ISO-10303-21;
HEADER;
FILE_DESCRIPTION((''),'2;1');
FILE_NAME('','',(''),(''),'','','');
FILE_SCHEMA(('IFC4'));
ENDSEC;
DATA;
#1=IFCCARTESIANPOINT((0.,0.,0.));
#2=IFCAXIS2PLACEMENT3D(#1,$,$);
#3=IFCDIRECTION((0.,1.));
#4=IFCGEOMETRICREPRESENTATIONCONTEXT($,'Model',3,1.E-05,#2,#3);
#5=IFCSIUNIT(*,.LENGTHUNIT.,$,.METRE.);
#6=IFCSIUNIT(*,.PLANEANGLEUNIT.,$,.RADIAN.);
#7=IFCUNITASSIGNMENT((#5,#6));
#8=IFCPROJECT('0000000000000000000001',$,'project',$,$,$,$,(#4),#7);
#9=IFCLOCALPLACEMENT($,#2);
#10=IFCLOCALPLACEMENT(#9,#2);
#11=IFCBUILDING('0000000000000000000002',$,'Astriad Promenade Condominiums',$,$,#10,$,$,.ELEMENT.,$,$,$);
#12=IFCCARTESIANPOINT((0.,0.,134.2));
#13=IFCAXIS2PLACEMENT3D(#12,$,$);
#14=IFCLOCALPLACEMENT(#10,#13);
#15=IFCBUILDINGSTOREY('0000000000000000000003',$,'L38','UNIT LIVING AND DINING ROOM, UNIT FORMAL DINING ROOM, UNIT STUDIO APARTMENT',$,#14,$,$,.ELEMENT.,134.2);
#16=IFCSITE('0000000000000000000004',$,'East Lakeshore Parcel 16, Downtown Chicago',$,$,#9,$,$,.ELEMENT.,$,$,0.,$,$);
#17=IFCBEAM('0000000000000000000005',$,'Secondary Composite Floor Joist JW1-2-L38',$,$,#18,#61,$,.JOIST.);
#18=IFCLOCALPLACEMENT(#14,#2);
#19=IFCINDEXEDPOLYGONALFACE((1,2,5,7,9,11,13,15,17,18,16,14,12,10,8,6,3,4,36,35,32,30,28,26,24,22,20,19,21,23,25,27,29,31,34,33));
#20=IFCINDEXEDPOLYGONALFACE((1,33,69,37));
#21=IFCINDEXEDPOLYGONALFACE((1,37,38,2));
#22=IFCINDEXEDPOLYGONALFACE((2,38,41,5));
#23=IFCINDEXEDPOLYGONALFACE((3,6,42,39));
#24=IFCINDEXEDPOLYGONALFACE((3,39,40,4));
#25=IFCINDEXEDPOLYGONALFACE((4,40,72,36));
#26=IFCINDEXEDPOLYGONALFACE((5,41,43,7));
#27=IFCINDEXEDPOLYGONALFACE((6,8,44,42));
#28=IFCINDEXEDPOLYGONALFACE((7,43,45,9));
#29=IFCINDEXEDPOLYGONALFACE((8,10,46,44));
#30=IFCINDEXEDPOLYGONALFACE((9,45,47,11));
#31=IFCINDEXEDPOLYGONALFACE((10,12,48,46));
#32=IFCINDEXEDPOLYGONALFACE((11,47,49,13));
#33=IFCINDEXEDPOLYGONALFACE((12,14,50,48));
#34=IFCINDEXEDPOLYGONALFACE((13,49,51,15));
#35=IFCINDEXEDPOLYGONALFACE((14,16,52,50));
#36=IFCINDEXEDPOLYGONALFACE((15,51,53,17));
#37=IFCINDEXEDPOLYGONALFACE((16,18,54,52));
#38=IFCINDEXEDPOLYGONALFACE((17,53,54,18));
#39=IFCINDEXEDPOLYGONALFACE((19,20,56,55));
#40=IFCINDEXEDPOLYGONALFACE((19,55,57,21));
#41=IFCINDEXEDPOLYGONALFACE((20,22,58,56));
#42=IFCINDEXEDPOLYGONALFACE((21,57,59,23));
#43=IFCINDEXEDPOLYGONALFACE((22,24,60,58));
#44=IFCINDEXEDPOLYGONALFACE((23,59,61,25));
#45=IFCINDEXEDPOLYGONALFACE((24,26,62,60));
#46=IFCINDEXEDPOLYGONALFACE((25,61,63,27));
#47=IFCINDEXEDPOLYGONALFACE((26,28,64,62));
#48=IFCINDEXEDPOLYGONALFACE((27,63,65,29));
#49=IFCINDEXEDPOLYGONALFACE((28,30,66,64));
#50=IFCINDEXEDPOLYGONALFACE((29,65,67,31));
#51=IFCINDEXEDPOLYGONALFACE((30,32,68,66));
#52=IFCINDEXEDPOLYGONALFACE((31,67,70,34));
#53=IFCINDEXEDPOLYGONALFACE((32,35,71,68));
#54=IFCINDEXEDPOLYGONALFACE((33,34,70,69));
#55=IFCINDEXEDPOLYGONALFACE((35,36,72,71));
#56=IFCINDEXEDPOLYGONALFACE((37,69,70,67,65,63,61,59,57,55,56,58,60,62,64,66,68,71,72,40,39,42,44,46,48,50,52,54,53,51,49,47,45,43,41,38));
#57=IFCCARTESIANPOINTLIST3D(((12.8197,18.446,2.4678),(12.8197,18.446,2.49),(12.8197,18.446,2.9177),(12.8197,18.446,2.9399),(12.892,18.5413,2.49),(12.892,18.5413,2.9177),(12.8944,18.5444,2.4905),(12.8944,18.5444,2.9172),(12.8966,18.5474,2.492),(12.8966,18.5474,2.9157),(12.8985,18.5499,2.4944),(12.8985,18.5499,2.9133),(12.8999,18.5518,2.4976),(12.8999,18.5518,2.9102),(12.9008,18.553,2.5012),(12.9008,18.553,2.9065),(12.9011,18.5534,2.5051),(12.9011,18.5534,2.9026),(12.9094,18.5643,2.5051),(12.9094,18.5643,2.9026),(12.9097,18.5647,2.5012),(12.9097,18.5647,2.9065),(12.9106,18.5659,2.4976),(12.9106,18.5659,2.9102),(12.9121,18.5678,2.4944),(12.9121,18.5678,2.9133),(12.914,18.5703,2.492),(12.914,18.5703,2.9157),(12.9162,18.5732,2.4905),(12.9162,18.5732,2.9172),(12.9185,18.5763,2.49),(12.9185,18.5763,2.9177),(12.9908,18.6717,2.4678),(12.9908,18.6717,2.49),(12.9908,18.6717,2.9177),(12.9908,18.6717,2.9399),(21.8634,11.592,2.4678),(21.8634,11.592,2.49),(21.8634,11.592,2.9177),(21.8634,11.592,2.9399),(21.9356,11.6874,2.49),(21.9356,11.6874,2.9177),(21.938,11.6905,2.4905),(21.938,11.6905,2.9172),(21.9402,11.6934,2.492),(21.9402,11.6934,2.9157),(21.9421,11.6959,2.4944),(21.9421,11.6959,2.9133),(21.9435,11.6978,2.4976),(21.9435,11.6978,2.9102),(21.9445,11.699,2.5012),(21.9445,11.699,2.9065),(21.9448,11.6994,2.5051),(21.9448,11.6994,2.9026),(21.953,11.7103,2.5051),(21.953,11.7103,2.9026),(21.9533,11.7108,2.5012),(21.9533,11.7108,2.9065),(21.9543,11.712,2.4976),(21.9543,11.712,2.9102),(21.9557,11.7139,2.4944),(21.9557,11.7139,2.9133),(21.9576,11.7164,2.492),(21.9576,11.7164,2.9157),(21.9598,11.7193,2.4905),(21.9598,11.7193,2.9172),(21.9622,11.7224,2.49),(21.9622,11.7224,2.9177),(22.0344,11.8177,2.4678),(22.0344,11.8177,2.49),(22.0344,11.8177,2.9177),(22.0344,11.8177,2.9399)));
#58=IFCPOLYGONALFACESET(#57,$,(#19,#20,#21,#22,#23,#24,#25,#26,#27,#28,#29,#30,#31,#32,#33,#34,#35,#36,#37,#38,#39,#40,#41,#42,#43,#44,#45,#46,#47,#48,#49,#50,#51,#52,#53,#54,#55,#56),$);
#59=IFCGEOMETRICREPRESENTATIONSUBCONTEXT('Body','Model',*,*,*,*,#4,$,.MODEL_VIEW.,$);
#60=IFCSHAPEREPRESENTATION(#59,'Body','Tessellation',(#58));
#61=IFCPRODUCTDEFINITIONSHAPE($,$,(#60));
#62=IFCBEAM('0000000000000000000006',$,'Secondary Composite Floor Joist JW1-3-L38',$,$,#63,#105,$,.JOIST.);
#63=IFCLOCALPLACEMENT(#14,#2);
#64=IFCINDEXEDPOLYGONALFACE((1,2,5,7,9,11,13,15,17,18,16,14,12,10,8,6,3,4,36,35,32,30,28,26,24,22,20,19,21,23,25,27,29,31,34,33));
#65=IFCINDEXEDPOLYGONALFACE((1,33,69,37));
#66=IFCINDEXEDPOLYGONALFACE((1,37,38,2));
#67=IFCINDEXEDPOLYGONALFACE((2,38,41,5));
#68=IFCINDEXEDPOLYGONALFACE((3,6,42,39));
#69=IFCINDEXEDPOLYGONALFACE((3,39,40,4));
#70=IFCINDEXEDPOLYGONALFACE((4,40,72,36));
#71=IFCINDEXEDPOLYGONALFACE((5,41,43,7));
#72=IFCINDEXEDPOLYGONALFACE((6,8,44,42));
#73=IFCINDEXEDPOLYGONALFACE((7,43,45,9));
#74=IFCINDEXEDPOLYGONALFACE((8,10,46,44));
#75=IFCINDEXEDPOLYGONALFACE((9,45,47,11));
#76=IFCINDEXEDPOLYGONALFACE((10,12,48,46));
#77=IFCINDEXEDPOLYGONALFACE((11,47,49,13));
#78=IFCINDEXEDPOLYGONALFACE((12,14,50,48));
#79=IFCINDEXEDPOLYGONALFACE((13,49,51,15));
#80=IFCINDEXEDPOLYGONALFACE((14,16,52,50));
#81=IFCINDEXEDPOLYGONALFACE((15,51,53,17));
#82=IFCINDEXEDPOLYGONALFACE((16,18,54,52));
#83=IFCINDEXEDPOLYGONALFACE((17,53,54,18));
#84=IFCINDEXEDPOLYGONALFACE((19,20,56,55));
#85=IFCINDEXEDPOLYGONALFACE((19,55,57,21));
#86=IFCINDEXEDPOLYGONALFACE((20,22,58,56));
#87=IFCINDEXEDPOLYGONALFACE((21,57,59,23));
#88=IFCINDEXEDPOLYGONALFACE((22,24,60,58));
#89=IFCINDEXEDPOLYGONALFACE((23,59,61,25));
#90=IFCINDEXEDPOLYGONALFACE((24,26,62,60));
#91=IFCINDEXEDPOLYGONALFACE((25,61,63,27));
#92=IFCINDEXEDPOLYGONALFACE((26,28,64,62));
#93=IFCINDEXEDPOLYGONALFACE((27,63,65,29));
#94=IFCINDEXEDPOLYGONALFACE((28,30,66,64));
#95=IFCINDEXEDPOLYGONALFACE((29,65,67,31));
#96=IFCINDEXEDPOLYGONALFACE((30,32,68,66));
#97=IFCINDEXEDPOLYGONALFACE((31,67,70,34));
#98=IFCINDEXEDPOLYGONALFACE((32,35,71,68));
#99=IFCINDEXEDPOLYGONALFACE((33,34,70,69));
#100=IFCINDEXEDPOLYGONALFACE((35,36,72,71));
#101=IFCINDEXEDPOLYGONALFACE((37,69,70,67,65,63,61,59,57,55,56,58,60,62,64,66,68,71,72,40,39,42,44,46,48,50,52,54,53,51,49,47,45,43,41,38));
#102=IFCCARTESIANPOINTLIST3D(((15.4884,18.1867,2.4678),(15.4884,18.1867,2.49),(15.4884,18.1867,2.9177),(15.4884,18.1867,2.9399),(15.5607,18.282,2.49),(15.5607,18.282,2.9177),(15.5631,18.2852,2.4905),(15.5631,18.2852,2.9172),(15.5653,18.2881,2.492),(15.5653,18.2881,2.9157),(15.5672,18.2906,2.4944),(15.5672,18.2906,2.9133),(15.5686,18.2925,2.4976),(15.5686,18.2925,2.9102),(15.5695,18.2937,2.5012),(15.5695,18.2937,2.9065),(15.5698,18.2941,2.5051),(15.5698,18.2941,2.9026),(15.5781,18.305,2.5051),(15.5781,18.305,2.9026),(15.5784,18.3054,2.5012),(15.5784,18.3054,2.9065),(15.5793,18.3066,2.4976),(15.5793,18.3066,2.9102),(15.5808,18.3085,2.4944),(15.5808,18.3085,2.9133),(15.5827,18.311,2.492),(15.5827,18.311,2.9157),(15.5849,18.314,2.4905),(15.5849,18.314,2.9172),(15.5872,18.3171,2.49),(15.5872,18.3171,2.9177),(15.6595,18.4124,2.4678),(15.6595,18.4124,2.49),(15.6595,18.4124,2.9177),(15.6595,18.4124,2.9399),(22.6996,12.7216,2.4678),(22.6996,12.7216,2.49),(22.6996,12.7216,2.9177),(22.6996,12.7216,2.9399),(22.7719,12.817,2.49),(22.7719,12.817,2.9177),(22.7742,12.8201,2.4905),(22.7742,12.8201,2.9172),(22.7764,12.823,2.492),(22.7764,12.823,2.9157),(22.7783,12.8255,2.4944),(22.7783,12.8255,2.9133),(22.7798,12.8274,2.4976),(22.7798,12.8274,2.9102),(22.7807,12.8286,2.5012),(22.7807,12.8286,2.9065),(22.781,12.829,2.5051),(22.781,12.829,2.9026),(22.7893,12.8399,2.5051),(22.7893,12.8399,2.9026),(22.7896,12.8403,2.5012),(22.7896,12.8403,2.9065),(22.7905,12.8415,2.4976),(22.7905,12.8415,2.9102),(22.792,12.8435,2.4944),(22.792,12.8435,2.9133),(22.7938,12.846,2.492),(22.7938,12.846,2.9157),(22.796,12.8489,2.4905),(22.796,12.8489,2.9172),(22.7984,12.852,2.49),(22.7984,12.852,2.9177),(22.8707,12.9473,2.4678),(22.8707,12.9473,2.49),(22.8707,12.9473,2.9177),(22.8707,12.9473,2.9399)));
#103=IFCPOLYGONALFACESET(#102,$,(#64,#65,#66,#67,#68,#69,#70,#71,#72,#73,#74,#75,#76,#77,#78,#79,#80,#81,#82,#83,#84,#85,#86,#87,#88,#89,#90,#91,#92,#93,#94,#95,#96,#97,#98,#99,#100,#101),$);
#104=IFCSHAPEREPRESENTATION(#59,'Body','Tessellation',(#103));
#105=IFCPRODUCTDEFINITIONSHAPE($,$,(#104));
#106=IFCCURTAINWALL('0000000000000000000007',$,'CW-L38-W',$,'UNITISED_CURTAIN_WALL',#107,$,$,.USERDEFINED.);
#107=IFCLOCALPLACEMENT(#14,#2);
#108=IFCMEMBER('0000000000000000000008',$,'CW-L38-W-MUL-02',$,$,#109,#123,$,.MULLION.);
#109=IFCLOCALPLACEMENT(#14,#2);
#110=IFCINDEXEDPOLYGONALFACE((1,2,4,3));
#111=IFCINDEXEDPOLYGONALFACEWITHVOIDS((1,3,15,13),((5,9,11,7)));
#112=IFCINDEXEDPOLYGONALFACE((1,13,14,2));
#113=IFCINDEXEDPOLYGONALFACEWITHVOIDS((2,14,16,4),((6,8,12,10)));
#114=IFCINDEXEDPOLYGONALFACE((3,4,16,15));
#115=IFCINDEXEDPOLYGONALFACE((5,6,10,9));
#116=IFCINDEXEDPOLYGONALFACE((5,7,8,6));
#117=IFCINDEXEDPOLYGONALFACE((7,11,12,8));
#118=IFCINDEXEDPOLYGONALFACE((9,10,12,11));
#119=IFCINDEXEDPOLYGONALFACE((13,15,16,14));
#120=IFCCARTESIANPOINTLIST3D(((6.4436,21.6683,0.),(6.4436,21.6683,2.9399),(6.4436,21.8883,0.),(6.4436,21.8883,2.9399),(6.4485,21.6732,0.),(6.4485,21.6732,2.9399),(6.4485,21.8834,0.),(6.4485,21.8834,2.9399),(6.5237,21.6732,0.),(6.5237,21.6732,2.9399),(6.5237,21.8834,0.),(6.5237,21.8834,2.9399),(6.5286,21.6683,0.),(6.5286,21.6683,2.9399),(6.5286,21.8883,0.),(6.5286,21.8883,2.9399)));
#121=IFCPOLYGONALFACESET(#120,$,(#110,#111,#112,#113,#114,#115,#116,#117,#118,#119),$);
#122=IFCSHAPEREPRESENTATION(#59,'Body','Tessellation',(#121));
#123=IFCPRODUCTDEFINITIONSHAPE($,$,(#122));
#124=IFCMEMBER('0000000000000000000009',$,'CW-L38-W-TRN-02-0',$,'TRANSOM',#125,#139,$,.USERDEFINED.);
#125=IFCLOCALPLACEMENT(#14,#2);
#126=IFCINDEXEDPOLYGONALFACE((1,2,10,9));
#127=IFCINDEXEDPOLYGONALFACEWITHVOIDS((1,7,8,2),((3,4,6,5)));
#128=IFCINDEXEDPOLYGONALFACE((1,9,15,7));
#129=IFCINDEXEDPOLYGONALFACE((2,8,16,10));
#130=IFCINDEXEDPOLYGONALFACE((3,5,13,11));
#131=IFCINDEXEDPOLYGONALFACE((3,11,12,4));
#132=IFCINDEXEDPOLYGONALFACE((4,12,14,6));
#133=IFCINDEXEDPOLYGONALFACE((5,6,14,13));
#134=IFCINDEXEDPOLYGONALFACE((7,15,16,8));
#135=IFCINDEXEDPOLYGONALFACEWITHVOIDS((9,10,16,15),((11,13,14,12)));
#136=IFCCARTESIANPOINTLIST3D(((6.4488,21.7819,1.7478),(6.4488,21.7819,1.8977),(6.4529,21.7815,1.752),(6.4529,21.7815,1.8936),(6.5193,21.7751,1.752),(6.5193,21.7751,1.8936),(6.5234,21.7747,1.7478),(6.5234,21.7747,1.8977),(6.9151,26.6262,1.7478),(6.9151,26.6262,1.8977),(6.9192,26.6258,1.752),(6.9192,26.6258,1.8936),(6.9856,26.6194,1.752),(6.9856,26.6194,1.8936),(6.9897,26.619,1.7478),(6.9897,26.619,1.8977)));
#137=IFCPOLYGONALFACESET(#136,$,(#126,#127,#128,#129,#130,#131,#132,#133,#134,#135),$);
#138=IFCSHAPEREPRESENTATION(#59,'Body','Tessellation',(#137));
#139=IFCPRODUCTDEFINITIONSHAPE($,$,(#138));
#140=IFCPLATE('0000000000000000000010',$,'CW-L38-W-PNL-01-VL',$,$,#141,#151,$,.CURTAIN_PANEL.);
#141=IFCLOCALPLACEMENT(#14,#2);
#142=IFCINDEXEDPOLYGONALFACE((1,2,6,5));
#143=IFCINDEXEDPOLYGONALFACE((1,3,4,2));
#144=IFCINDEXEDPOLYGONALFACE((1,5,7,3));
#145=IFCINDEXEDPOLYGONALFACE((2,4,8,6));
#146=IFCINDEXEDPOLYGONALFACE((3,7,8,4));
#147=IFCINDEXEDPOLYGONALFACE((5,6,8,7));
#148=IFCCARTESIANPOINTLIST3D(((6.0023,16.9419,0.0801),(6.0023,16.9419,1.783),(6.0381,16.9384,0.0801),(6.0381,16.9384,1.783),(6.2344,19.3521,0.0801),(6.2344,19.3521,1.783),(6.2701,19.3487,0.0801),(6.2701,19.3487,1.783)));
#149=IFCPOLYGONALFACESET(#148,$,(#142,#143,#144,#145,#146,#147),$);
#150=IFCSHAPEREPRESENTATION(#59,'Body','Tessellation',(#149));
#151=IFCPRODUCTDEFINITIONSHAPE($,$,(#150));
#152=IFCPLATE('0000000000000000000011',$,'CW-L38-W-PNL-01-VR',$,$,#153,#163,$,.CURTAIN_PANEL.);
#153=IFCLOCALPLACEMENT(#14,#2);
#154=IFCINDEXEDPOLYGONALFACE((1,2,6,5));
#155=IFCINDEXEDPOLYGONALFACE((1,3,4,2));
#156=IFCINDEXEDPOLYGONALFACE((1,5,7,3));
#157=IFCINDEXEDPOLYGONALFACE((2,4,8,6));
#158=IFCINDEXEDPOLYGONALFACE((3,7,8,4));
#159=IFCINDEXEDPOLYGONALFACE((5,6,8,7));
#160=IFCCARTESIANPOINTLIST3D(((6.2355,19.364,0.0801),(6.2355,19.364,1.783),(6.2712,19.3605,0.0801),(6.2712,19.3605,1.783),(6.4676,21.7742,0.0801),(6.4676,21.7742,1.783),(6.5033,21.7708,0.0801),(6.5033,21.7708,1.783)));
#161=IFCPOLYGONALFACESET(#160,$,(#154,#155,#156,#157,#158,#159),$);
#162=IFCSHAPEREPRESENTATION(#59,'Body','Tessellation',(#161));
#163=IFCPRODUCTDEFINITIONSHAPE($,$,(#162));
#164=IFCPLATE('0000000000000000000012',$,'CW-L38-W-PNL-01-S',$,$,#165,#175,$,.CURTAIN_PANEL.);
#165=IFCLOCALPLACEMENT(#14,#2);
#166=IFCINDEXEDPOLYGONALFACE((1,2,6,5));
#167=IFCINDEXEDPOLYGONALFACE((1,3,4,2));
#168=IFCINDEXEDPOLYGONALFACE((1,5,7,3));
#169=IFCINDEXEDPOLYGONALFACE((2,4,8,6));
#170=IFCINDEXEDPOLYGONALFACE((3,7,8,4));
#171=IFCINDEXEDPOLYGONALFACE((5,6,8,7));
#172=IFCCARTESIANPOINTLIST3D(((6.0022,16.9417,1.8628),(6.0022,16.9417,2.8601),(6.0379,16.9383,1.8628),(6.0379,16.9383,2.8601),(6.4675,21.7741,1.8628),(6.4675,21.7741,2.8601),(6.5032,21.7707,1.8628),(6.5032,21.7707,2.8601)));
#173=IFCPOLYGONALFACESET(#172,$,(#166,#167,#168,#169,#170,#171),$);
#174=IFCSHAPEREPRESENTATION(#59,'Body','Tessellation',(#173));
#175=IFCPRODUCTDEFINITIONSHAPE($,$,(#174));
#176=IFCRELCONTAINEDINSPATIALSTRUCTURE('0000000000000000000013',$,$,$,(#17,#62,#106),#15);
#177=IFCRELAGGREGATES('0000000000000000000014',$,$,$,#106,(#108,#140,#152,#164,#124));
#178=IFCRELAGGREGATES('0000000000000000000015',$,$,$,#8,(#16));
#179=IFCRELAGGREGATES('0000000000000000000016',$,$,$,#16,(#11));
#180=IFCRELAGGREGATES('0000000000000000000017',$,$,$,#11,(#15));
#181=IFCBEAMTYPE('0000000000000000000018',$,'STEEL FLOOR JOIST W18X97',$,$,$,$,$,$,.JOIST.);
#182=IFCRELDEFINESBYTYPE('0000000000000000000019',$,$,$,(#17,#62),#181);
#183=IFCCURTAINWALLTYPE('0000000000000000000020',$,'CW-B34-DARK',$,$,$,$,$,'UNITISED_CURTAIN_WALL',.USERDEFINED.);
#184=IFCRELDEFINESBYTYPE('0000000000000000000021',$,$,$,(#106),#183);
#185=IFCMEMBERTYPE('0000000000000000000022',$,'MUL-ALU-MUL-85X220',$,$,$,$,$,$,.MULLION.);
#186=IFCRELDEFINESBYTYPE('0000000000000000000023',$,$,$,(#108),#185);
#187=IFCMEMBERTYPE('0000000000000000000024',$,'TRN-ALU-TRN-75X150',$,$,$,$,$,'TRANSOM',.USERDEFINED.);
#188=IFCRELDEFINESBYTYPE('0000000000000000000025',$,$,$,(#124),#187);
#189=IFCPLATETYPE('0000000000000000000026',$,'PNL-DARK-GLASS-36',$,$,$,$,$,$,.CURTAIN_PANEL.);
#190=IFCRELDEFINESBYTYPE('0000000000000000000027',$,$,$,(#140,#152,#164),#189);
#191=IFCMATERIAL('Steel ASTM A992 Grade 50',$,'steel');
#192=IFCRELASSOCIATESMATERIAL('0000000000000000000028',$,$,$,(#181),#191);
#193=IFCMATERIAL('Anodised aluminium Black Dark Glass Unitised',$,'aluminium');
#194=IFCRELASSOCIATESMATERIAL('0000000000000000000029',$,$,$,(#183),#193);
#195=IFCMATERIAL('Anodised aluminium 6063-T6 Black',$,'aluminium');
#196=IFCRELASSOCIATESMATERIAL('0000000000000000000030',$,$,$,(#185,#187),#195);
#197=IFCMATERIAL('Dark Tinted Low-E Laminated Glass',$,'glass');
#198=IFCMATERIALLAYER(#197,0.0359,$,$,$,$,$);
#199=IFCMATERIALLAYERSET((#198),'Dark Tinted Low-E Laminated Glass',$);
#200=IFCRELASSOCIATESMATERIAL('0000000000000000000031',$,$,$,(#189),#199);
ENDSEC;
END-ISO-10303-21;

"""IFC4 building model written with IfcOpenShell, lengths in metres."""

from ifc_helpers import new_model, si_unit, direction, frame, origin, origin_2d, place, context, subcontext, project, spatial, rectangle, hollow_rectangle, i_section, extrude, source, transform, mapped, material, layer, layer_set, material_profile, profile_set, type_object, type_shapes, element, aggregate, save


model = new_model("IFC4")

# Units and contexts
model_context = context("Model", 3, precision=1e-05, world=origin(), true_north=direction((0.0, 1.0)))
body_context = subcontext(model_context, "Body", "Model", "MODEL_VIEW")
ifc_project = project(units=[si_unit("LENGTHUNIT", "METRE"), si_unit("PLANEANGLEUNIT", "RADIAN")], contexts=[model_context])

# Site, building, storey
site_placement = place(None, origin())
site = spatial("IfcSite", under=ifc_project, at=site_placement, Name="East Lakeshore Parcel 16, Downtown Chicago", CompositionType="ELEMENT", RefElevation=0.0)
building_placement = place(site_placement, origin())
building = spatial("IfcBuilding", under=site, at=building_placement, Name="Astriad Promenade Condominiums", CompositionType="ELEMENT")
storey_placement = place(building_placement, frame((0.0, 0.0, 134.2)))
storey = spatial("IfcBuildingStorey", under=building, at=storey_placement, Name="L38", Description="UNIT LIVING AND DINING ROOM, UNIT FORMAL DINING ROOM, UNIT STUDIO APARTMENT", CompositionType="ELEMENT", Elevation=134.2)

# Beams
ifc_material_1 = material(Name="Steel ASTM A992 Grade 50", Category="steel")
ifc_material_profile_1 = material_profile(ifc_material_1, i_section(OverallWidth=0.2832, OverallDepth=0.4722, WebThickness=0.0137, FlangeThickness=0.0222, FilletRadius=0.0151, at=origin_2d()), Name="W18X97")
ifc_profile_set_1 = profile_set([ifc_material_profile_1], Name="Steel ASTM A992 Grade 50")
beam_type_1 = type_object("IfcBeamType", Name="STEEL FLOOR JOIST W18X97", PredefinedType="JOIST", material=ifc_profile_set_1)
shared_shape_1 = source(origin(), body_context, "Body", "SweptSolid", [
    extrude(i_section(OverallWidth=0.2832, OverallDepth=0.4722, WebThickness=0.0137, FlangeThickness=0.0222, FilletRadius=0.0151, at=origin_2d()), origin(), (0.0, 0.0, 1.0), 11.3474),
])
beam_1_placement = place(storey_placement, frame((12.9053, 18.5588, 2.7039), z_axis=(0.796977, -0.60401, 0.0), x_axis=(0.60401, 0.796977, 0.0)))
element("IfcBeam", 1, at=beam_1_placement, inside=storey, type_object=beam_type_1, Name="Secondary Composite Floor Joist JW1-2-L38", PredefinedType="JOIST", context=body_context, shape_type="MappedRepresentation", body=[
    mapped(shared_shape_1, transform((0.0, 0.0, 0.0), scale=1.0)),
])
shared_shape_2 = source(origin(), body_context, "Body", "SweptSolid", [
    extrude(i_section(OverallWidth=0.2832, OverallDepth=0.4722, WebThickness=0.0137, FlangeThickness=0.0222, FilletRadius=0.0151, at=origin_2d()), origin(), (0.0, 0.0, 1.0), 9.0481),
])
beam_2_placement = place(storey_placement, frame((15.574, 18.2996, 2.7039), z_axis=(0.796982, -0.604003, 0.0), x_axis=(0.604003, 0.796982, 0.0)))
element("IfcBeam", 2, at=beam_2_placement, inside=storey, type_object=beam_type_1, Name="Secondary Composite Floor Joist JW1-3-L38", PredefinedType="JOIST", context=body_context, shape_type="MappedRepresentation", body=[
    mapped(shared_shape_2, transform((0.0, 0.0, 0.0), scale=1.0)),
])

# Curtain wall, members, plates
ifc_material_2 = material(Name="Anodised aluminium Black Dark Glass Unitised", Category="aluminium")
curtain_wall_type = type_object("IfcCurtainWallType", Name="CW-B34-DARK", ElementType="UNITISED_CURTAIN_WALL", PredefinedType="USERDEFINED", material=ifc_material_2)
curtain_wall_placement = place(storey_placement, origin())
curtain_wall = element("IfcCurtainWall", 3, at=curtain_wall_placement, inside=storey, type_object=curtain_wall_type, Name="CW-L38-W", ObjectType="UNITISED_CURTAIN_WALL", PredefinedType="USERDEFINED")
ifc_material_3 = material(Name="Anodised aluminium 6063-T6 Black", Category="aluminium")
ifc_material_profile_2 = material_profile(ifc_material_3, hollow_rectangle(XDim=0.085, YDim=0.22, WallThickness=0.0049, at=origin_2d()), Name="ALU-MUL-85X220")
ifc_profile_set_2 = profile_set([ifc_material_profile_2], Name="Anodised aluminium 6063-T6 Black")
member_type_1 = type_object("IfcMemberType", Name="MUL-ALU-MUL-85X220", PredefinedType="MULLION", material=ifc_profile_set_2)
shared_shape_3 = source(origin(), body_context, "Body", "SweptSolid", [
    extrude(hollow_rectangle(XDim=0.085, YDim=0.22, WallThickness=0.0049, at=origin_2d()), origin(), (0.0, 0.0, 1.0), 2.9399),
])
type_shapes(member_type_1, [shared_shape_3])
member_1_placement = place(storey_placement, frame((6.4861, 21.7783, 0.0), z_axis=(0.0, 0.0, 1.0), x_axis=(1.0, 0.0, 0.0)))
member_1 = element("IfcMember", 4, at=member_1_placement, type_object=member_type_1, Name="CW-L38-W-MUL-02", PredefinedType="MULLION", context=body_context, shape_type="MappedRepresentation", body=[
    mapped(shared_shape_3, transform((0.0, 0.0, 0.0), scale=1.0)),
])
ifc_material_profile_3 = material_profile(ifc_material_3, hollow_rectangle(XDim=0.075, YDim=0.1499, WallThickness=0.0042, at=origin_2d()), Name="ALU-TRN-75X150")
ifc_profile_set_3 = profile_set([ifc_material_profile_3], Name="Anodised aluminium 6063-T6 Black")
member_type_2 = type_object("IfcMemberType", Name="TRN-ALU-TRN-75X150", ElementType="TRANSOM", PredefinedType="USERDEFINED", material=ifc_profile_set_3)
shared_shape_4 = source(origin(), body_context, "Body", "SweptSolid", [
    extrude(hollow_rectangle(XDim=0.075, YDim=0.1499, WallThickness=0.0042, at=origin_2d()), origin(), (0.0, 0.0, 1.0), 4.8667),
])
type_shapes(member_type_2, [shared_shape_4])
member_2_placement = place(storey_placement, frame((6.4861, 21.7783, 1.8228), z_axis=(0.095818, 0.995399, 0.0), x_axis=(-0.995399, 0.095818, 0.0)))
member_2 = element("IfcMember", 5, at=member_2_placement, type_object=member_type_2, Name="CW-L38-W-TRN-02-0", ObjectType="TRANSOM", PredefinedType="USERDEFINED", context=body_context, shape_type="MappedRepresentation", body=[
    mapped(shared_shape_4, transform((0.0, 0.0, 0.0), scale=1.0)),
])
ifc_material_4 = material(Name="Dark Tinted Low-E Laminated Glass", Category="glass")
ifc_layer_1 = layer(ifc_material_4, 0.0359)
ifc_layer_set_1 = layer_set([ifc_layer_1], Name="Dark Tinted Low-E Laminated Glass")
plate_type = type_object("IfcPlateType", Name="PNL-DARK-GLASS-36", PredefinedType="CURTAIN_PANEL", material=ifc_layer_set_1)
shared_shape_5 = source(origin(), body_context, "Body", "SweptSolid", [
    extrude(rectangle(XDim=2.4214, YDim=0.0359, at=origin_2d()), origin(), (0.0, 0.0, 1.0), 1.7029),
])
plate_1_placement = place(storey_placement, frame((6.1362, 18.1453, 0.0801), z_axis=(0.0, 0.0, 1.0), x_axis=(0.095846, 0.995396, 0.0)))
plate_1 = element("IfcPlate", 6, at=plate_1_placement, type_object=plate_type, Name="CW-L38-W-PNL-01-VL", PredefinedType="CURTAIN_PANEL", context=body_context, shape_type="MappedRepresentation", body=[
    mapped(shared_shape_5, transform((0.0, 0.0, 0.0), scale=1.0)),
])
plate_2_placement = place(storey_placement, frame((6.3694, 20.5674, 0.0801), z_axis=(0.0, 0.0, 1.0), x_axis=(0.095846, 0.995396, 0.0)))
plate_2 = element("IfcPlate", 7, at=plate_2_placement, type_object=plate_type, Name="CW-L38-W-PNL-01-VR", PredefinedType="CURTAIN_PANEL", context=body_context, shape_type="MappedRepresentation", body=[
    mapped(shared_shape_5, transform((0.0, 0.0, 0.0), scale=1.0)),
])
shared_shape_6 = source(origin(), body_context, "Body", "SweptSolid", [
    extrude(rectangle(XDim=4.8547, YDim=0.0359, at=origin_2d()), origin(), (0.0, 0.0, 1.0), 0.9973),
])
type_shapes(plate_type, [shared_shape_5, shared_shape_6])
plate_3_placement = place(storey_placement, frame((6.2527, 19.3562, 1.8628), z_axis=(0.0, 0.0, 1.0), x_axis=(0.095846, 0.995396, 0.0)))
plate_3 = element("IfcPlate", 8, at=plate_3_placement, type_object=plate_type, Name="CW-L38-W-PNL-01-S", PredefinedType="CURTAIN_PANEL", context=body_context, shape_type="MappedRepresentation", body=[
    mapped(shared_shape_6, transform((0.0, 0.0, 0.0), scale=1.0)),
])
aggregate(curtain_wall, [member_1, plate_1, plate_2, plate_3, member_2])

save(model, "model.ifc")
